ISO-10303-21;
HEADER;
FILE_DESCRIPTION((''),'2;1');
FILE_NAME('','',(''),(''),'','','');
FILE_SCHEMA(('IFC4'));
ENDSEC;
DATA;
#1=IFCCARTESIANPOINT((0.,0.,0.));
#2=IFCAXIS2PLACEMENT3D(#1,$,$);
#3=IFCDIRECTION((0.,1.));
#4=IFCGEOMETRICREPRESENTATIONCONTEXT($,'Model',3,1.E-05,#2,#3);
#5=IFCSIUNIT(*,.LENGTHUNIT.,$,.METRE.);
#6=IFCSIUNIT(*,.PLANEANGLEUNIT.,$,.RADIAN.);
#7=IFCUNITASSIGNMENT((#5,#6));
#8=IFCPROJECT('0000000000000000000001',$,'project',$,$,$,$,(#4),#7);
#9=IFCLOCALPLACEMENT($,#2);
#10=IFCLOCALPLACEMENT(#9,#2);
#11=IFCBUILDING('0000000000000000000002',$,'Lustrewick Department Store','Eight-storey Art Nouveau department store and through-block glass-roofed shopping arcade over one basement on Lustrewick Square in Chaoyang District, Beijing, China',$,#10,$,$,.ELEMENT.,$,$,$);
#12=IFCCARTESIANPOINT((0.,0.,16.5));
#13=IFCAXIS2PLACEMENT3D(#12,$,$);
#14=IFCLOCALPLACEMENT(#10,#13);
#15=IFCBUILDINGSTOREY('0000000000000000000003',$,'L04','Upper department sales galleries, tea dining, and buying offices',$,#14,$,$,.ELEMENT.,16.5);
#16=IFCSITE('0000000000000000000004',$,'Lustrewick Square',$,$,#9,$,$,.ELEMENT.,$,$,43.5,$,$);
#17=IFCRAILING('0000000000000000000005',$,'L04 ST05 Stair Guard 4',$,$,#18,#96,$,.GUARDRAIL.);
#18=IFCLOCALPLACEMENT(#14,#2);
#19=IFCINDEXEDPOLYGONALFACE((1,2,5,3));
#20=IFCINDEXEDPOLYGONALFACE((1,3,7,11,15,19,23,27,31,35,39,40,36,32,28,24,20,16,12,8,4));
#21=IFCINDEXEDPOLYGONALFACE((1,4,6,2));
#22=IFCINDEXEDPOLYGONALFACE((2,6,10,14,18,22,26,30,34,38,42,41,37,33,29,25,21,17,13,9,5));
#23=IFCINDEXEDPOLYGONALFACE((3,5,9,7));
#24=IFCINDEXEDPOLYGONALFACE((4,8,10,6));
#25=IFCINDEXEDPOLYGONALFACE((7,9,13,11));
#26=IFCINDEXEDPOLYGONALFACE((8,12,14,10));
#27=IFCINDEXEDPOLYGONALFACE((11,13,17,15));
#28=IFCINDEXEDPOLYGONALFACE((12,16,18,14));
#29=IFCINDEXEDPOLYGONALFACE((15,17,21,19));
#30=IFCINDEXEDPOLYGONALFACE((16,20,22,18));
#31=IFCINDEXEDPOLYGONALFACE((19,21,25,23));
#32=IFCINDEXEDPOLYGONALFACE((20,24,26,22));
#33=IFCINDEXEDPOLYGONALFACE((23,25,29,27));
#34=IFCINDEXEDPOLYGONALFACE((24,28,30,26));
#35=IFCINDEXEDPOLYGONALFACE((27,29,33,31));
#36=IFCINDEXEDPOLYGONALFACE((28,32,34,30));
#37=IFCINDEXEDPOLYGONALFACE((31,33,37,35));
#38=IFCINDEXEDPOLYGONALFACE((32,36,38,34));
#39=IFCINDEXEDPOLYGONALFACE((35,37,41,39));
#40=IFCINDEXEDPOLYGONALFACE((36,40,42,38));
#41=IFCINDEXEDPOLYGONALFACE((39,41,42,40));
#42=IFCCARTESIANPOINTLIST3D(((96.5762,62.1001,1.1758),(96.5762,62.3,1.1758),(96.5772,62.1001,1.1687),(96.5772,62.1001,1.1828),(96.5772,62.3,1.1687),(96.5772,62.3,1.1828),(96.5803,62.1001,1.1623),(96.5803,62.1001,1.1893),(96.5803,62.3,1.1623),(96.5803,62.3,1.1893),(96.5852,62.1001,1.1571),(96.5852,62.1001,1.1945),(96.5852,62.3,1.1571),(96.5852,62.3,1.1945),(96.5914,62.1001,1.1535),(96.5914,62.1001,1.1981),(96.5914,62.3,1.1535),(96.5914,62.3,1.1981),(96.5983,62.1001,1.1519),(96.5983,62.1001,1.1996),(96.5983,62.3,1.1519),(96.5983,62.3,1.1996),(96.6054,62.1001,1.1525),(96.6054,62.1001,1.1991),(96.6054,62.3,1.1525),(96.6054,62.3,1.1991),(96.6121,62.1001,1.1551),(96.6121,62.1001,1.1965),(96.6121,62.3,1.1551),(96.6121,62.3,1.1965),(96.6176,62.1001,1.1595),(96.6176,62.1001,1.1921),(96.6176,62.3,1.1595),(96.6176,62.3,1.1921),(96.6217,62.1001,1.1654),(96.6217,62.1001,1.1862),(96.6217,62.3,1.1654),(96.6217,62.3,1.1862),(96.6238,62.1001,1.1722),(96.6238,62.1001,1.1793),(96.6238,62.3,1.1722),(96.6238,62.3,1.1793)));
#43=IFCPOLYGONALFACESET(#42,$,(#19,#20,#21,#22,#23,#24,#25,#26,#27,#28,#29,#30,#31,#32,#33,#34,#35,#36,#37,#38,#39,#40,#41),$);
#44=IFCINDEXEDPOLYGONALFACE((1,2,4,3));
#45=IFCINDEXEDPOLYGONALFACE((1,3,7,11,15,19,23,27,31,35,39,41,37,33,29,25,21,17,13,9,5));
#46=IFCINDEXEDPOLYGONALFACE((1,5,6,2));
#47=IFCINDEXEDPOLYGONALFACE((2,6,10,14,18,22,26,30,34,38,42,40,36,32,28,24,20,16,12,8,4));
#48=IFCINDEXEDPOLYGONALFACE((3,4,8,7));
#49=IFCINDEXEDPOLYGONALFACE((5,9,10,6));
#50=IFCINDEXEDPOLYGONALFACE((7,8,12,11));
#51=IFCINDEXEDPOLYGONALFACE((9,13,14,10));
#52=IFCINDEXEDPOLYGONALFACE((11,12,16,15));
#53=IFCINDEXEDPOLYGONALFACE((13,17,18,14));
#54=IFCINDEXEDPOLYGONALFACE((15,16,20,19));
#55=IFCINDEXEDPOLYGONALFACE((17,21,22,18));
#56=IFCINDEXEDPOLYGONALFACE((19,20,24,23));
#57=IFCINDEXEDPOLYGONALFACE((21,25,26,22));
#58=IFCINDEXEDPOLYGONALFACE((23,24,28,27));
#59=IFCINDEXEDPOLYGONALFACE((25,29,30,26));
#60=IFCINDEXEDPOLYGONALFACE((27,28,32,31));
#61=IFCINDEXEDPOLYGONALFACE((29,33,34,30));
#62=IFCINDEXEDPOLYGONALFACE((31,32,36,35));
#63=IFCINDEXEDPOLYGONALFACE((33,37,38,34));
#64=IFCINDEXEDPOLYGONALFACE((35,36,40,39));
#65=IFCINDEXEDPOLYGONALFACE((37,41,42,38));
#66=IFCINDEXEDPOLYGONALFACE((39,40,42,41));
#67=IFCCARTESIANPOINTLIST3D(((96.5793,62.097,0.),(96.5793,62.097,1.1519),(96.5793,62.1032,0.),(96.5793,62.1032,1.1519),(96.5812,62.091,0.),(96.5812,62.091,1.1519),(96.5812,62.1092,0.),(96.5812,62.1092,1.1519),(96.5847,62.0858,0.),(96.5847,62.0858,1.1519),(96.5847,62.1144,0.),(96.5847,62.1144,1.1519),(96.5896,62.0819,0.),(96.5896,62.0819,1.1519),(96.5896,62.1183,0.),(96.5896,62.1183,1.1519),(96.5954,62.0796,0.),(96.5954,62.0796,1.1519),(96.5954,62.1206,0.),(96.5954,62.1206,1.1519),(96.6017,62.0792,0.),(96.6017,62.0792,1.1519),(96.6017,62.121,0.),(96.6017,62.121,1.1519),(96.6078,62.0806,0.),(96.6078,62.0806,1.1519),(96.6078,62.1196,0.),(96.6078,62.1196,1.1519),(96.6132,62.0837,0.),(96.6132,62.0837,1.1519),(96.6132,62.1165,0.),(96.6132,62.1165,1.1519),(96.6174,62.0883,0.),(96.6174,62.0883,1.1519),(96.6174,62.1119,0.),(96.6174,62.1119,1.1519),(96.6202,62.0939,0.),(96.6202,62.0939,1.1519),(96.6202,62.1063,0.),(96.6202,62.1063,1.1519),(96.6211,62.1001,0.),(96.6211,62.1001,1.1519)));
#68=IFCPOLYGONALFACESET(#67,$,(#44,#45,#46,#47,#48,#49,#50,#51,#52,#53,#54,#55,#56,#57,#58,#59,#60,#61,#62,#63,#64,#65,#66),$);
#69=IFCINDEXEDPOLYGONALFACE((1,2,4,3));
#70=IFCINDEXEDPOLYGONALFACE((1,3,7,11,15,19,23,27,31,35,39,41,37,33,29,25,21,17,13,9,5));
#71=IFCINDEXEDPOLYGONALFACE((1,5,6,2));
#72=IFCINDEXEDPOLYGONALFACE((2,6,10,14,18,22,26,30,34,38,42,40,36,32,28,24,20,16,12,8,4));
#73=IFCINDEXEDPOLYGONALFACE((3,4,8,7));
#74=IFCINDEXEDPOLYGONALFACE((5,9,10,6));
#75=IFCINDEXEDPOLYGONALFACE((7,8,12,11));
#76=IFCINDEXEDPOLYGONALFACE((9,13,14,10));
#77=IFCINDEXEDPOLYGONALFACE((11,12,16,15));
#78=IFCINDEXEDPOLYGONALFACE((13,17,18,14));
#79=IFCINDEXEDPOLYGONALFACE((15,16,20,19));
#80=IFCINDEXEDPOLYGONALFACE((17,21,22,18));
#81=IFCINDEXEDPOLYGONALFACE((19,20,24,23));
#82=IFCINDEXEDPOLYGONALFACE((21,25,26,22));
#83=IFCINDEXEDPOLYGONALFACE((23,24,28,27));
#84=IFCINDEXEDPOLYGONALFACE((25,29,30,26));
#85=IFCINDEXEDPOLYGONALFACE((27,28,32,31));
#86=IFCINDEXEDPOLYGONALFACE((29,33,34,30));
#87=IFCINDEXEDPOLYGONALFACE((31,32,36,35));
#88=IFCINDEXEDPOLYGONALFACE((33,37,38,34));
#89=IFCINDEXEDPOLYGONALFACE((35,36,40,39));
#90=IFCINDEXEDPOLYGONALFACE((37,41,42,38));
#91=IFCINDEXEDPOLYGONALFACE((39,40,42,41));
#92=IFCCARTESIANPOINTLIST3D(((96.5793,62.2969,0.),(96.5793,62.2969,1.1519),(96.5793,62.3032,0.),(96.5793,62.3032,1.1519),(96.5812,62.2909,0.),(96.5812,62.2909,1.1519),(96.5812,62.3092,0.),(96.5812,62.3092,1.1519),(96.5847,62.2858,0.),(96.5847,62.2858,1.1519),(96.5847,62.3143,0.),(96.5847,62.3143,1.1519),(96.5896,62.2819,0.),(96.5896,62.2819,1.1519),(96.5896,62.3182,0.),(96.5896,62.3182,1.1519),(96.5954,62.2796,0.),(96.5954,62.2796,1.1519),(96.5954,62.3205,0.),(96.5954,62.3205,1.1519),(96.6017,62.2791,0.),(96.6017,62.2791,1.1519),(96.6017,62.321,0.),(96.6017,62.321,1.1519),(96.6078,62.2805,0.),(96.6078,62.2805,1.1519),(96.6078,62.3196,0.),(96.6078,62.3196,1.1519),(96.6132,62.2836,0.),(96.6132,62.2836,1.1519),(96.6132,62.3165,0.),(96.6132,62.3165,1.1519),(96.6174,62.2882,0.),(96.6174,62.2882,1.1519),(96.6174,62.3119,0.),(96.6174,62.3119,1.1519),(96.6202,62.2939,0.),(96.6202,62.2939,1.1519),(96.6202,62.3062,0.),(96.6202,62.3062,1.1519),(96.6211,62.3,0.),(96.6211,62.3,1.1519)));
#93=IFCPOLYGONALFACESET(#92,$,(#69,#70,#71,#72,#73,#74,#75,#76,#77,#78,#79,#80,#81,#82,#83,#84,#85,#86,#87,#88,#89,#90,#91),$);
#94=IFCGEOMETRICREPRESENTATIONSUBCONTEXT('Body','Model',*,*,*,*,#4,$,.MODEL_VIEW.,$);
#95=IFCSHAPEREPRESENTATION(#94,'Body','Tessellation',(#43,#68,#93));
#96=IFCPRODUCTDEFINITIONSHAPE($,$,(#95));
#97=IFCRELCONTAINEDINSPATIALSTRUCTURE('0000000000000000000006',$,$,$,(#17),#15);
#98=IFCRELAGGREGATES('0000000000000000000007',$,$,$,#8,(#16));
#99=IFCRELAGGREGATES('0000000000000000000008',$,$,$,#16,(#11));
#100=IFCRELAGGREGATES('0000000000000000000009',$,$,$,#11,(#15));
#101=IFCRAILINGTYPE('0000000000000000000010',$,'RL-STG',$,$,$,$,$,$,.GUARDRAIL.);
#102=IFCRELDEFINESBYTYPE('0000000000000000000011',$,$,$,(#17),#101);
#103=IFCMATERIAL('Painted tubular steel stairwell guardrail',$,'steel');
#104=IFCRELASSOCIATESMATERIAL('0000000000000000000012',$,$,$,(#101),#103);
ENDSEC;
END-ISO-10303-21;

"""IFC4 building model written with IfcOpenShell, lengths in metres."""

from ifc_helpers import new_model, si_unit, direction, frame, origin, origin_2d, place, context, subcontext, project, spatial, circle, extrude, material, type_object, element, save


model = new_model("IFC4")

# Units and contexts
model_context = context("Model", 3, precision=1e-05, world=origin(), true_north=direction((0.0, 1.0)))
body_context = subcontext(model_context, "Body", "Model", "MODEL_VIEW")
ifc_project = project(units=[si_unit("LENGTHUNIT", "METRE"), si_unit("PLANEANGLEUNIT", "RADIAN")], contexts=[model_context])

# Site, building, storey
site_placement = place(None, origin())
site = spatial("IfcSite", under=ifc_project, at=site_placement, Name="Lustrewick Square", CompositionType="ELEMENT", RefElevation=43.5)
building_placement = place(site_placement, origin())
building = spatial("IfcBuilding", under=site, at=building_placement, Name="Lustrewick Department Store", Description="Eight-storey Art Nouveau department store and through-block glass-roofed shopping arcade over one basement on Lustrewick Square in Chaoyang District, Beijing, China", CompositionType="ELEMENT")
storey_placement = place(building_placement, frame((0.0, 0.0, 16.5)))
storey = spatial("IfcBuildingStorey", under=building, at=storey_placement, Name="L04", Description="Upper department sales galleries, tea dining, and buying offices", CompositionType="ELEMENT", Elevation=16.5)

# Railing
ifc_material_1 = material(Name="Painted tubular steel stairwell guardrail", Category="steel")
railing_type_1 = type_object("IfcRailingType", Name="RL-STG", PredefinedType="GUARDRAIL", material=ifc_material_1)
railing_1_placement = place(storey_placement, frame((96.6001, 62.1001, 0.0)))
element("IfcRailing", 1, at=railing_1_placement, inside=storey, type_object=railing_type_1, Name="L04 ST05 Stair Guard 4", PredefinedType="GUARDRAIL", context=body_context, shape_type="SweptSolid", body=[
    extrude(circle(Radius=0.0239, at=origin_2d()), frame((0.0, 0.0, 1.1758), z_axis=(0.0, 1.0, 0.0), x_axis=(-1.0, 0.0, 0.0)), (0.0, 0.0, 1.0), 0.2),
    extrude(circle(Radius=0.021, at=origin_2d()), origin(), (0.0, 0.0, 1.0), 1.1519),
    extrude(circle(Radius=0.021, at=origin_2d()), frame((0.0, 0.2, 0.0)), (0.0, 0.0, 1.0), 1.1519),
])

save(model, "model.ifc")
